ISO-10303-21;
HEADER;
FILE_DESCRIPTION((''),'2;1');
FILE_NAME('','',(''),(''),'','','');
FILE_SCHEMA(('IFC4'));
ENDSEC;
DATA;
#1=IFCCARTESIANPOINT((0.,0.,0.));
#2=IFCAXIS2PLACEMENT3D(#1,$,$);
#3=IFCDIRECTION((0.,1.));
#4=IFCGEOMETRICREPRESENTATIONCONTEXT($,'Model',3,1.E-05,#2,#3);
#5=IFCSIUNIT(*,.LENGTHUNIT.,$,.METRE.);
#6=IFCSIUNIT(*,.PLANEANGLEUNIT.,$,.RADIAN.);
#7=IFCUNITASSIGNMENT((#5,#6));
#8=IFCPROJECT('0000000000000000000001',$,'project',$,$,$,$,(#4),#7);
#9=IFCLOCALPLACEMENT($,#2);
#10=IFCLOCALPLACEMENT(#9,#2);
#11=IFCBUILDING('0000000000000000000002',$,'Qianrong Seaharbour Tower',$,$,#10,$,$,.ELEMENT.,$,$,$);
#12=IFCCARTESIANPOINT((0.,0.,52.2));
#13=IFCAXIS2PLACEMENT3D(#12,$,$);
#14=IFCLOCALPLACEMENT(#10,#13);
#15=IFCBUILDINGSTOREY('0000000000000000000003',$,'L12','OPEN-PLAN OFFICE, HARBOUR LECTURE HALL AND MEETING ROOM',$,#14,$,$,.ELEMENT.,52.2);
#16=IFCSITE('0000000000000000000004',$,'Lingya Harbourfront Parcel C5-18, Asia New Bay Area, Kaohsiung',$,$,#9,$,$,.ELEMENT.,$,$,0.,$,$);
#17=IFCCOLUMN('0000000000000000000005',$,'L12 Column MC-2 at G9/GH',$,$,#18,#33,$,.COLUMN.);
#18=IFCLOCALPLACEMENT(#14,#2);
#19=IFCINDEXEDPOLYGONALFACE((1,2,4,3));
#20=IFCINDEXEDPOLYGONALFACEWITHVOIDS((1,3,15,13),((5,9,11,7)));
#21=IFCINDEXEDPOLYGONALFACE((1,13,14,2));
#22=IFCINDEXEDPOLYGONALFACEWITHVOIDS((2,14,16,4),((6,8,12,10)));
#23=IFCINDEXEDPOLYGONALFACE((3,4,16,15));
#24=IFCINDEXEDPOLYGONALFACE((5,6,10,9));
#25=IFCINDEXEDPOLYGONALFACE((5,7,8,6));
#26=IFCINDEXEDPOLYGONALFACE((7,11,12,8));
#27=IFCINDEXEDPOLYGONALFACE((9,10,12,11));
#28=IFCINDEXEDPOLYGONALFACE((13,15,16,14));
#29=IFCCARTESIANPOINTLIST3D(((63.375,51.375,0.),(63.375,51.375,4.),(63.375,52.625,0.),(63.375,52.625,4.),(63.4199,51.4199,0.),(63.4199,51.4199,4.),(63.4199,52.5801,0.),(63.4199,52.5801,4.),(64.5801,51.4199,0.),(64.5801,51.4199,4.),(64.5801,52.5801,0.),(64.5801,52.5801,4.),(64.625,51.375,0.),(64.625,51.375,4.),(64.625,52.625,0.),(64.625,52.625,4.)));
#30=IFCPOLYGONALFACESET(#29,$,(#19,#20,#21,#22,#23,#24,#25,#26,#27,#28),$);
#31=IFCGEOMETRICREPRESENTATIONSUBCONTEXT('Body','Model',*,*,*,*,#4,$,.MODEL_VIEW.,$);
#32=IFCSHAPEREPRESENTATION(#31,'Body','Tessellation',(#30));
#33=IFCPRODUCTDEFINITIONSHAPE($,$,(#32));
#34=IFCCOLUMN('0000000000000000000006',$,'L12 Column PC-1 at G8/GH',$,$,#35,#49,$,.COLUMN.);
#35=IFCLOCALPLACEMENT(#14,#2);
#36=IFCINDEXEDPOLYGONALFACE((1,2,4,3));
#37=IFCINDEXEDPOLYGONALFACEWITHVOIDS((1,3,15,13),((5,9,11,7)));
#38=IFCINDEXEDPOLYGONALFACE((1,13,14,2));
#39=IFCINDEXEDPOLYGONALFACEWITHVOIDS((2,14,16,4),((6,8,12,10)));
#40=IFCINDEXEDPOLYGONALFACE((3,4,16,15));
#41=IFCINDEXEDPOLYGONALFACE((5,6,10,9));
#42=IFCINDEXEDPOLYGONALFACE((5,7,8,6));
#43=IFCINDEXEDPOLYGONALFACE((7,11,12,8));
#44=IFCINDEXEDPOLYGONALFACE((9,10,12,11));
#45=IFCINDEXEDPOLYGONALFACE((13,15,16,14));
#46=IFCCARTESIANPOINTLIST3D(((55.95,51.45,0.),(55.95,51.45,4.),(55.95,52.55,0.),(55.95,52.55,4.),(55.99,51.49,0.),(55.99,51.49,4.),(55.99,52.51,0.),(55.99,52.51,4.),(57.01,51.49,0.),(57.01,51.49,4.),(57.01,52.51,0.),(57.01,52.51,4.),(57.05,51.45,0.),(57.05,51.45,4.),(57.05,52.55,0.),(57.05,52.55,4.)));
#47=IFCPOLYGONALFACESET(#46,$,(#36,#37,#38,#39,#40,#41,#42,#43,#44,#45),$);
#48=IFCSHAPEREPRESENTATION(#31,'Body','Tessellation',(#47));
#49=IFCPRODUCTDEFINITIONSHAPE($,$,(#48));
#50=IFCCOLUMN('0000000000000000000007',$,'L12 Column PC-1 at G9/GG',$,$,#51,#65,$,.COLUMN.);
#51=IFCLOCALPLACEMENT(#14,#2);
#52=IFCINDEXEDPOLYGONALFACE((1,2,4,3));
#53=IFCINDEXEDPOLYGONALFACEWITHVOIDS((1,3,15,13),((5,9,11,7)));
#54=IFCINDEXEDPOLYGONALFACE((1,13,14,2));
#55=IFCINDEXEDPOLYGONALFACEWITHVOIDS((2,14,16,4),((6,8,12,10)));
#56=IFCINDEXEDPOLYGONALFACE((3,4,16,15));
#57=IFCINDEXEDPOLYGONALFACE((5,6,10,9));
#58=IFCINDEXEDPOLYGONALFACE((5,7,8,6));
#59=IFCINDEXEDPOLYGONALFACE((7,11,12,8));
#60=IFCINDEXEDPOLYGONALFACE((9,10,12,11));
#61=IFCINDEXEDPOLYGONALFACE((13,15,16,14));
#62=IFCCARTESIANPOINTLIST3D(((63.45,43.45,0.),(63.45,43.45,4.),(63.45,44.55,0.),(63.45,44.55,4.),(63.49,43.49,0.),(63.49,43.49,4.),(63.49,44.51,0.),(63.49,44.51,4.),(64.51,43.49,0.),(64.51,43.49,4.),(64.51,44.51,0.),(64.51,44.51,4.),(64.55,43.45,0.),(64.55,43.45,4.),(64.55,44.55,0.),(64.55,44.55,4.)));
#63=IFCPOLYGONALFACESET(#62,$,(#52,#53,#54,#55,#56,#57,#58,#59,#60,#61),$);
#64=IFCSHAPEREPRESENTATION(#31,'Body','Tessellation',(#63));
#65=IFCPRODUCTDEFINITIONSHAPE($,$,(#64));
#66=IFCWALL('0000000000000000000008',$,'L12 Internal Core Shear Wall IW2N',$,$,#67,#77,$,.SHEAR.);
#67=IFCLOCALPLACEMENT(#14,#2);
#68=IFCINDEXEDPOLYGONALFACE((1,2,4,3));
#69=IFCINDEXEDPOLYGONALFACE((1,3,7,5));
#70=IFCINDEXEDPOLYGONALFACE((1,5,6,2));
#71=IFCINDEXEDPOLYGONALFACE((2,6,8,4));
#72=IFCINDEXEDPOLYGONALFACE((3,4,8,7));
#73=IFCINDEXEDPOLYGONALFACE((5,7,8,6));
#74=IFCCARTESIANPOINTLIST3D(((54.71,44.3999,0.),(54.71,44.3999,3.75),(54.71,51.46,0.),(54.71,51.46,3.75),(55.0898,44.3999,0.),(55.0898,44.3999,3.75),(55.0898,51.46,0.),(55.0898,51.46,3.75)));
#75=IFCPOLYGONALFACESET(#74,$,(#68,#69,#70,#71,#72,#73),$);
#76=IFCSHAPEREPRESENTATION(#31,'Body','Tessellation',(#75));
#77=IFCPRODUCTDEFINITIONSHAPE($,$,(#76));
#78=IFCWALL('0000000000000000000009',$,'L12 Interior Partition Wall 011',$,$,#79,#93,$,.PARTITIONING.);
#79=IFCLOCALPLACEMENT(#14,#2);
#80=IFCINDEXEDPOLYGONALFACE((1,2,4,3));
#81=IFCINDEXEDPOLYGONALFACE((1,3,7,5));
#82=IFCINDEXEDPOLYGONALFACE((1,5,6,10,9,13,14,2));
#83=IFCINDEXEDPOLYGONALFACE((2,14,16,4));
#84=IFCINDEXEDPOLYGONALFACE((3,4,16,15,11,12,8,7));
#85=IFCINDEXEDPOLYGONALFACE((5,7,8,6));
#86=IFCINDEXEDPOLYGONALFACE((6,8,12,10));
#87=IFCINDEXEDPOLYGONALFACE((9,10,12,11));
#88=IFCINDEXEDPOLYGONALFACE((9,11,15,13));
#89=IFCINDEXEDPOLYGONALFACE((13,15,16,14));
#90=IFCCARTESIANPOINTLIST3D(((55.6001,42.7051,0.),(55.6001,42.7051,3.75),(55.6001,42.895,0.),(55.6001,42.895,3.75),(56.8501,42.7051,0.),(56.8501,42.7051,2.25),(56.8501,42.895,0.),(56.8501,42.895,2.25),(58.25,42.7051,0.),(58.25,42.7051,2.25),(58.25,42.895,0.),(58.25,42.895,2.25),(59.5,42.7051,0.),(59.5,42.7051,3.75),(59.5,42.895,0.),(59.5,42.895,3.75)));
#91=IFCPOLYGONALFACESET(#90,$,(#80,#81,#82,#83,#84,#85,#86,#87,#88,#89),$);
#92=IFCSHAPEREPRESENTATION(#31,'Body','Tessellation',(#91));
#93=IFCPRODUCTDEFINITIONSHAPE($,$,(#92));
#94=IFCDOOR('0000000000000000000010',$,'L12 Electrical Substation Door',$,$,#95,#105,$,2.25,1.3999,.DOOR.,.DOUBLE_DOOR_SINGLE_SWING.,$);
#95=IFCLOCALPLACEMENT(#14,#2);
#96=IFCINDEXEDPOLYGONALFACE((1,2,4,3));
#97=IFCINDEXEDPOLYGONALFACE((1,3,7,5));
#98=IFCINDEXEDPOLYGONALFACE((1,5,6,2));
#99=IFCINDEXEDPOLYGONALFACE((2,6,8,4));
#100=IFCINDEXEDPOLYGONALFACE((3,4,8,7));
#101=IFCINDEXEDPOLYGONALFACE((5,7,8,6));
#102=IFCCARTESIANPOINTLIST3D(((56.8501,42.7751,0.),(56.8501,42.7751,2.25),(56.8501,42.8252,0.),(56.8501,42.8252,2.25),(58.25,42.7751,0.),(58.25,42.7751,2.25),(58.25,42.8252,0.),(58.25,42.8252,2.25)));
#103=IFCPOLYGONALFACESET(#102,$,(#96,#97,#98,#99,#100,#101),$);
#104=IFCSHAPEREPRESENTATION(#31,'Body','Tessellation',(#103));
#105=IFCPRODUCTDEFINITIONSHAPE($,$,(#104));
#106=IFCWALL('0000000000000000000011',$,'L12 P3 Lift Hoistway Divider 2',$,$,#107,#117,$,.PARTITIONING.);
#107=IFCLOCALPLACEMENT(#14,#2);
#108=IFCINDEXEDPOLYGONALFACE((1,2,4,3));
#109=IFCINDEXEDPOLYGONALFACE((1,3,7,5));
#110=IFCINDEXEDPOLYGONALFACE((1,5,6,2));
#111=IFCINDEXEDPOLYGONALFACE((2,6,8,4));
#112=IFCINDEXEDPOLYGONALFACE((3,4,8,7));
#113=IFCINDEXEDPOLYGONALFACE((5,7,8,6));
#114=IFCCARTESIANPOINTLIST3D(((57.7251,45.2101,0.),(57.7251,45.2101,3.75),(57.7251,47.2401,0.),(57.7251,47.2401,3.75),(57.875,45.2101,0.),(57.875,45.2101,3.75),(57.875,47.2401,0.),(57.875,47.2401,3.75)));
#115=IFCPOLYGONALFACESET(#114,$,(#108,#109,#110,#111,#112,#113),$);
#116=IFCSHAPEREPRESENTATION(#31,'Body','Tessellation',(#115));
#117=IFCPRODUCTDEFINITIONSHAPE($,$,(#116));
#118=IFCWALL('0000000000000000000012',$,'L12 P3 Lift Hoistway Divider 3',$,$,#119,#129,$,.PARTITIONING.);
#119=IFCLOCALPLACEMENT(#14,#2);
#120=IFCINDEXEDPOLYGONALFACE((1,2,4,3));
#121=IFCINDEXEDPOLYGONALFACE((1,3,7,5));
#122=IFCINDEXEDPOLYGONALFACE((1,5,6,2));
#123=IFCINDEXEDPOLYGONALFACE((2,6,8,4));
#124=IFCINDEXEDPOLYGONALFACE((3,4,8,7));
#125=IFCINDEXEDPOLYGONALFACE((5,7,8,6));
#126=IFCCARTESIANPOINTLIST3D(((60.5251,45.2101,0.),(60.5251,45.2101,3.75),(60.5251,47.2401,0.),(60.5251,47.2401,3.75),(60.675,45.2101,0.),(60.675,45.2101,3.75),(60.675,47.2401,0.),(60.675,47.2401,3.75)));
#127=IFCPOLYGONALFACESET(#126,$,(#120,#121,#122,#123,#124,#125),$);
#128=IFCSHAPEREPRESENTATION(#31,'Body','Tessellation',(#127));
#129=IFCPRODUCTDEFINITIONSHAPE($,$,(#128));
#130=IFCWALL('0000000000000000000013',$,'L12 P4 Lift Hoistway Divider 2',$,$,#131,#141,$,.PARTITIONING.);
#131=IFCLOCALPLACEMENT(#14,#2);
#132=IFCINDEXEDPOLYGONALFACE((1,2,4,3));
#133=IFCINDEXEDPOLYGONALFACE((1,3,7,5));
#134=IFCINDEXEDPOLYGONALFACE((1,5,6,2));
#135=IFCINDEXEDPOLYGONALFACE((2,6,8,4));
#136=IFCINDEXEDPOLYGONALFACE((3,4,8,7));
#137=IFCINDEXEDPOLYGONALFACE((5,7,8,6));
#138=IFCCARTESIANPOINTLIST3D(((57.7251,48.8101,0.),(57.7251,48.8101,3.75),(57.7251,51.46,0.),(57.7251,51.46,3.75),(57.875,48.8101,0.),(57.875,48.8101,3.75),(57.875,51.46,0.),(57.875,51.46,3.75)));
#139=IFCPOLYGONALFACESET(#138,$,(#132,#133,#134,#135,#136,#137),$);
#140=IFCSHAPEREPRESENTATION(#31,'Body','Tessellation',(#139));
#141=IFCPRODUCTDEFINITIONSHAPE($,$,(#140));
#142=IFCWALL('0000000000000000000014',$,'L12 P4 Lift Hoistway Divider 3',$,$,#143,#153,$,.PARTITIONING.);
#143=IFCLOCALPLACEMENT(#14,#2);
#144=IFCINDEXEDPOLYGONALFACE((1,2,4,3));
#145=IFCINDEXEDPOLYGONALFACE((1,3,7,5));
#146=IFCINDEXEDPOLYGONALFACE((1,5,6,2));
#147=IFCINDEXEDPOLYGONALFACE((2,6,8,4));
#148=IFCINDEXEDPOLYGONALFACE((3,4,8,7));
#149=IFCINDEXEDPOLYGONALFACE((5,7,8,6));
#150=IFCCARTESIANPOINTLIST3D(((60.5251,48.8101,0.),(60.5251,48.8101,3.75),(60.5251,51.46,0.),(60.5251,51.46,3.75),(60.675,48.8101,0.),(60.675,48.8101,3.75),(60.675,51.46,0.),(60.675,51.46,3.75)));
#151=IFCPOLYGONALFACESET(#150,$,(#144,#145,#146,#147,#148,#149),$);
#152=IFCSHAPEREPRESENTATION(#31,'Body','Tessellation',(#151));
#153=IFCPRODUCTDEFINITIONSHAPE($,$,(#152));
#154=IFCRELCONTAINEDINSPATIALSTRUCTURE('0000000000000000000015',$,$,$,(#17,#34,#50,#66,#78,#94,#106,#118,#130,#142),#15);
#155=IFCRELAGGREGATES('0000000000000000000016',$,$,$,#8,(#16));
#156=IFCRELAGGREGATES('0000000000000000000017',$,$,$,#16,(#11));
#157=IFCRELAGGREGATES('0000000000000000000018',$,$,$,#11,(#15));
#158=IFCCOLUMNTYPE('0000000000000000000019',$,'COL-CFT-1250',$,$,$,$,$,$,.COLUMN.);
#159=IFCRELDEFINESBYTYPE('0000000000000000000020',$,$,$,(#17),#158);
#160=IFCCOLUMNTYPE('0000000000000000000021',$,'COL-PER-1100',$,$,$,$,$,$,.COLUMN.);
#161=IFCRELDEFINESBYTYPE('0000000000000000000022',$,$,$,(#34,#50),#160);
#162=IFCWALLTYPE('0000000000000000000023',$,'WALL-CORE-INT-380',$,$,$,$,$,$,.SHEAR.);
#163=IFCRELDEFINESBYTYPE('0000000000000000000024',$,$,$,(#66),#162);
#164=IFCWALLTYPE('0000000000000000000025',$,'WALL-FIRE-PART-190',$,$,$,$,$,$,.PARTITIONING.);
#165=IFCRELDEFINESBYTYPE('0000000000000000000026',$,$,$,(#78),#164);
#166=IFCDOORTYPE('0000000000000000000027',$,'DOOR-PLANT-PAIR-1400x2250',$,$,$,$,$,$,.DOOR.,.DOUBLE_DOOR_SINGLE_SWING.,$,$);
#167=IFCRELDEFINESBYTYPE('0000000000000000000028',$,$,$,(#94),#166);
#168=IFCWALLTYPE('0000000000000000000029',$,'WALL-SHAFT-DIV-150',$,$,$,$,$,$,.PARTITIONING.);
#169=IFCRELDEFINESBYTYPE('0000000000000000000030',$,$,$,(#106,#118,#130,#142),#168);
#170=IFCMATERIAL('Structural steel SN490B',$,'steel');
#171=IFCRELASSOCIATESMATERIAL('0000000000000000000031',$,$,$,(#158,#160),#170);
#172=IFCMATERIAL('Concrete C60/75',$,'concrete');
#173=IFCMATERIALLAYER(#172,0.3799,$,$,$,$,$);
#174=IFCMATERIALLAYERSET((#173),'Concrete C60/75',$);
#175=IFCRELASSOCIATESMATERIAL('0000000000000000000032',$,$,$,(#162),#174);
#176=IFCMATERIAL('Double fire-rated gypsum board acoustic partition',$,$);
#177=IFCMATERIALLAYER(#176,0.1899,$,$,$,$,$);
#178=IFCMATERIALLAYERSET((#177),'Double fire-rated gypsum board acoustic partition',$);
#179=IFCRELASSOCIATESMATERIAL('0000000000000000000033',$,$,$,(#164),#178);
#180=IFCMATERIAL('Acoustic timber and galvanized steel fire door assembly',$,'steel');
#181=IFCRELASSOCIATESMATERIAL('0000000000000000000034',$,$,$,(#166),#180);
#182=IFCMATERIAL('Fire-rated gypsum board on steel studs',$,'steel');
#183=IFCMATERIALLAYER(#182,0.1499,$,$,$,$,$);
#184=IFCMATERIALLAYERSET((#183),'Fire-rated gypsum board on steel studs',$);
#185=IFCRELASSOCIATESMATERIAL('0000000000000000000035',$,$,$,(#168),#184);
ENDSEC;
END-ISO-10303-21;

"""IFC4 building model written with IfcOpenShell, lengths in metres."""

from ifc_helpers import new_model, si_unit, direction, frame, frame_2d, origin, origin_2d, place, context, subcontext, project, spatial, rectangle, hollow_rectangle, extrude, material, layer, layer_set, material_profile, profile_set, type_object, element, fill, save


model = new_model("IFC4")

# Units and contexts
model_context = context("Model", 3, precision=1e-05, world=origin(), true_north=direction((0.0, 1.0)))
body_context = subcontext(model_context, "Body", "Model", "MODEL_VIEW")
ifc_project = project(units=[si_unit("LENGTHUNIT", "METRE"), si_unit("PLANEANGLEUNIT", "RADIAN")], contexts=[model_context])

# Site, building, storey
site_placement = place(None, origin())
site = spatial("IfcSite", under=ifc_project, at=site_placement, Name="Lingya Harbourfront Parcel C5-18, Asia New Bay Area, Kaohsiung", CompositionType="ELEMENT", RefElevation=0.0)
building_placement = place(site_placement, origin())
building = spatial("IfcBuilding", under=site, at=building_placement, Name="Qianrong Seaharbour Tower", CompositionType="ELEMENT")
storey_placement = place(building_placement, frame((0.0, 0.0, 52.2)))
storey = spatial("IfcBuildingStorey", under=building, at=storey_placement, Name="L12", Description="OPEN-PLAN OFFICE, HARBOUR LECTURE HALL AND MEETING ROOM", CompositionType="ELEMENT", Elevation=52.2)

# Columns
ifc_material_1 = material(Name="Structural steel SN490B", Category="steel")
ifc_material_profile_1 = material_profile(ifc_material_1, hollow_rectangle(XDim=1.25, YDim=1.25, WallThickness=0.0449, at=origin_2d()), Name="BOX1250x1250x45")
ifc_profile_set_1 = profile_set([ifc_material_profile_1], Name="Structural steel SN490B")
column_type_1 = type_object("IfcColumnType", Name="COL-CFT-1250", PredefinedType="COLUMN", material=ifc_profile_set_1)
column_placement = place(storey_placement, frame((64.0, 52.0, 0.0), z_axis=(0.0, 0.0, 1.0), x_axis=(1.0, 0.0, 0.0)))
element("IfcColumn", 1, at=column_placement, inside=storey, type_object=column_type_1, Name="L12 Column MC-2 at G9/GH", PredefinedType="COLUMN", context=body_context, shape_type="SweptSolid", body=[
    extrude(hollow_rectangle(XDim=1.25, YDim=1.25, WallThickness=0.0449, at=origin_2d()), origin(), (0.0, 0.0, 1.0), 4.0),
])
ifc_material_profile_2 = material_profile(ifc_material_1, hollow_rectangle(XDim=1.1001, YDim=1.1001, WallThickness=0.04, at=origin_2d()), Name="BOX1100x1100x40")
ifc_profile_set_2 = profile_set([ifc_material_profile_2], Name="Structural steel SN490B")
column_type_2 = type_object("IfcColumnType", Name="COL-PER-1100", PredefinedType="COLUMN", material=ifc_profile_set_2)
for number, where, z_axis, x_axis, name in (
    (2, (56.5, 52.0, 0.0), (0.0, 0.0, 1.0), (1.0, 0.0, 0.0), "L12 Column PC-1 at G8/GH"),
    (3, (64.0, 44.0, 0.0), (0.0, 0.0, 1.0), (1.0, 0.0, 0.0), "L12 Column PC-1 at G9/GG"),
):
    element("IfcColumn", number, at=place(storey_placement, frame(where, z_axis=z_axis, x_axis=x_axis)), inside=storey, type_object=column_type_2, Name=name, PredefinedType="COLUMN", context=body_context, shape_type="SweptSolid", body=[
        extrude(hollow_rectangle(XDim=1.1001, YDim=1.1001, WallThickness=0.04, at=origin_2d()), origin(), (0.0, 0.0, 1.0), 4.0),
    ])

# Wall
ifc_material_2 = material(Name="Concrete C60/75", Category="concrete")
ifc_layer_1 = layer(ifc_material_2, 0.3799)
ifc_layer_set_1 = layer_set([ifc_layer_1], Name="Concrete C60/75")
wall_type_1 = type_object("IfcWallType", Name="WALL-CORE-INT-380", PredefinedType="SHEAR", material=ifc_layer_set_1)
wall_1_placement = place(storey_placement, frame((54.8999, 44.3999, 0.0), z_axis=(0.0, 0.0, 1.0), x_axis=(0.0, 1.0, 0.0)))
element("IfcWall", 4, at=wall_1_placement, inside=storey, type_object=wall_type_1, Name="L12 Internal Core Shear Wall IW2N", PredefinedType="SHEAR", context=body_context, shape_type="SweptSolid", body=[
    extrude(rectangle(XDim=7.0601, YDim=0.3799, at=frame_2d((3.53, 0.0))), origin(), (0.0, 0.0, 1.0), 3.75),
])

# Wall, opening, door
ifc_material_3 = material(Name="Acoustic timber and galvanized steel fire door assembly", Category="steel")
ifc_material_4 = material(Name="Double fire-rated gypsum board acoustic partition")
ifc_layer_2 = layer(ifc_material_4, 0.1899)
ifc_layer_set_2 = layer_set([ifc_layer_2], Name="Double fire-rated gypsum board acoustic partition")
wall_type_2 = type_object("IfcWallType", Name="WALL-FIRE-PART-190", PredefinedType="PARTITIONING", material=ifc_layer_set_2)
wall_2_placement = place(storey_placement, frame((59.5, 42.8, 0.0), z_axis=(0.0, 0.0, 1.0), x_axis=(-1.0, 0.0, 0.0)))
wall_2 = element("IfcWall", 5, at=wall_2_placement, inside=storey, type_object=wall_type_2, Name="L12 Interior Partition Wall 011", PredefinedType="PARTITIONING", context=body_context, shape_type="SweptSolid", body=[
    extrude(rectangle(XDim=3.8999, YDim=0.1899, at=frame_2d((1.95, 0.0))), origin(), (0.0, 0.0, 1.0), 3.75),
])
opening_1_placement = place(wall_2_placement, frame((1.25, 0.0, 0.0)))
opening_1 = element("IfcOpeningElement", 6, at=opening_1_placement, cuts=wall_2, PredefinedType="OPENING", context=body_context, shape_type="SweptSolid", body=[
    extrude(rectangle(XDim=1.3999, YDim=2.25, at=frame_2d((0.7, 1.125))), frame((0.0, 0.105, 0.0), z_axis=(0.0, -1.0, 0.0), x_axis=(1.0, 0.0, 0.0)), (0.0, 0.0, 1.0), 0.21),
])
door_type_1 = type_object("IfcDoorType", Name="DOOR-PLANT-PAIR-1400x2250", OperationType="DOUBLE_DOOR_SINGLE_SWING", PredefinedType="DOOR", material=ifc_material_3)
door_1_placement = place(opening_1_placement, origin())
door_1 = element("IfcDoor", 7, at=door_1_placement, inside=storey, type_object=door_type_1, Name="L12 Electrical Substation Door", OperationType="DOUBLE_DOOR_SINGLE_SWING", OverallHeight=2.25, OverallWidth=1.3999, PredefinedType="DOOR", context=body_context, shape_type="SweptSolid", body=[
    extrude(rectangle(XDim=1.3999, YDim=2.25, at=frame_2d((0.7, 1.125))), frame((0.0, 0.0249, 0.0), z_axis=(0.0, -1.0, 0.0), x_axis=(1.0, 0.0, 0.0)), (0.0, 0.0, 1.0), 0.05),
])
fill(opening_1, door_1)

# Walls
ifc_material_5 = material(Name="Fire-rated gypsum board on steel studs", Category="steel")
ifc_layer_3 = layer(ifc_material_5, 0.1499)
ifc_layer_set_3 = layer_set([ifc_layer_3], Name="Fire-rated gypsum board on steel studs")
wall_type_3 = type_object("IfcWallType", Name="WALL-SHAFT-DIV-150", PredefinedType="PARTITIONING", material=ifc_layer_set_3)
for number, where, z_axis, x_axis, name in (
    (8, (57.8, 45.21, 0.0), (0.0, 0.0, 1.0), (0.0, 1.0, 0.0), "L12 P3 Lift Hoistway Divider 2"),
    (9, (60.6001, 45.21, 0.0), (0.0, 0.0, 1.0), (0.0, 1.0, 0.0), "L12 P3 Lift Hoistway Divider 3"),
):
    element("IfcWall", number, at=place(storey_placement, frame(where, z_axis=z_axis, x_axis=x_axis)), inside=storey, type_object=wall_type_3, Name=name, PredefinedType="PARTITIONING", context=body_context, shape_type="SweptSolid", body=[
        extrude(rectangle(XDim=2.03, YDim=0.1499, at=frame_2d((1.0151, 0.0))), origin(), (0.0, 0.0, 1.0), 3.75),
    ])
for number, where, z_axis, x_axis, name in (
    (10, (57.8, 48.8101, 0.0), (0.0, 0.0, 1.0), (0.0, 1.0, 0.0), "L12 P4 Lift Hoistway Divider 2"),
    (11, (60.6001, 48.8101, 0.0), (0.0, 0.0, 1.0), (0.0, 1.0, 0.0), "L12 P4 Lift Hoistway Divider 3"),
):
    element("IfcWall", number, at=place(storey_placement, frame(where, z_axis=z_axis, x_axis=x_axis)), inside=storey, type_object=wall_type_3, Name=name, PredefinedType="PARTITIONING", context=body_context, shape_type="SweptSolid", body=[
        extrude(rectangle(XDim=2.6499, YDim=0.1499, at=frame_2d((1.325, 0.0))), origin(), (0.0, 0.0, 1.0), 3.75),
    ])

save(model, "model.ifc")
